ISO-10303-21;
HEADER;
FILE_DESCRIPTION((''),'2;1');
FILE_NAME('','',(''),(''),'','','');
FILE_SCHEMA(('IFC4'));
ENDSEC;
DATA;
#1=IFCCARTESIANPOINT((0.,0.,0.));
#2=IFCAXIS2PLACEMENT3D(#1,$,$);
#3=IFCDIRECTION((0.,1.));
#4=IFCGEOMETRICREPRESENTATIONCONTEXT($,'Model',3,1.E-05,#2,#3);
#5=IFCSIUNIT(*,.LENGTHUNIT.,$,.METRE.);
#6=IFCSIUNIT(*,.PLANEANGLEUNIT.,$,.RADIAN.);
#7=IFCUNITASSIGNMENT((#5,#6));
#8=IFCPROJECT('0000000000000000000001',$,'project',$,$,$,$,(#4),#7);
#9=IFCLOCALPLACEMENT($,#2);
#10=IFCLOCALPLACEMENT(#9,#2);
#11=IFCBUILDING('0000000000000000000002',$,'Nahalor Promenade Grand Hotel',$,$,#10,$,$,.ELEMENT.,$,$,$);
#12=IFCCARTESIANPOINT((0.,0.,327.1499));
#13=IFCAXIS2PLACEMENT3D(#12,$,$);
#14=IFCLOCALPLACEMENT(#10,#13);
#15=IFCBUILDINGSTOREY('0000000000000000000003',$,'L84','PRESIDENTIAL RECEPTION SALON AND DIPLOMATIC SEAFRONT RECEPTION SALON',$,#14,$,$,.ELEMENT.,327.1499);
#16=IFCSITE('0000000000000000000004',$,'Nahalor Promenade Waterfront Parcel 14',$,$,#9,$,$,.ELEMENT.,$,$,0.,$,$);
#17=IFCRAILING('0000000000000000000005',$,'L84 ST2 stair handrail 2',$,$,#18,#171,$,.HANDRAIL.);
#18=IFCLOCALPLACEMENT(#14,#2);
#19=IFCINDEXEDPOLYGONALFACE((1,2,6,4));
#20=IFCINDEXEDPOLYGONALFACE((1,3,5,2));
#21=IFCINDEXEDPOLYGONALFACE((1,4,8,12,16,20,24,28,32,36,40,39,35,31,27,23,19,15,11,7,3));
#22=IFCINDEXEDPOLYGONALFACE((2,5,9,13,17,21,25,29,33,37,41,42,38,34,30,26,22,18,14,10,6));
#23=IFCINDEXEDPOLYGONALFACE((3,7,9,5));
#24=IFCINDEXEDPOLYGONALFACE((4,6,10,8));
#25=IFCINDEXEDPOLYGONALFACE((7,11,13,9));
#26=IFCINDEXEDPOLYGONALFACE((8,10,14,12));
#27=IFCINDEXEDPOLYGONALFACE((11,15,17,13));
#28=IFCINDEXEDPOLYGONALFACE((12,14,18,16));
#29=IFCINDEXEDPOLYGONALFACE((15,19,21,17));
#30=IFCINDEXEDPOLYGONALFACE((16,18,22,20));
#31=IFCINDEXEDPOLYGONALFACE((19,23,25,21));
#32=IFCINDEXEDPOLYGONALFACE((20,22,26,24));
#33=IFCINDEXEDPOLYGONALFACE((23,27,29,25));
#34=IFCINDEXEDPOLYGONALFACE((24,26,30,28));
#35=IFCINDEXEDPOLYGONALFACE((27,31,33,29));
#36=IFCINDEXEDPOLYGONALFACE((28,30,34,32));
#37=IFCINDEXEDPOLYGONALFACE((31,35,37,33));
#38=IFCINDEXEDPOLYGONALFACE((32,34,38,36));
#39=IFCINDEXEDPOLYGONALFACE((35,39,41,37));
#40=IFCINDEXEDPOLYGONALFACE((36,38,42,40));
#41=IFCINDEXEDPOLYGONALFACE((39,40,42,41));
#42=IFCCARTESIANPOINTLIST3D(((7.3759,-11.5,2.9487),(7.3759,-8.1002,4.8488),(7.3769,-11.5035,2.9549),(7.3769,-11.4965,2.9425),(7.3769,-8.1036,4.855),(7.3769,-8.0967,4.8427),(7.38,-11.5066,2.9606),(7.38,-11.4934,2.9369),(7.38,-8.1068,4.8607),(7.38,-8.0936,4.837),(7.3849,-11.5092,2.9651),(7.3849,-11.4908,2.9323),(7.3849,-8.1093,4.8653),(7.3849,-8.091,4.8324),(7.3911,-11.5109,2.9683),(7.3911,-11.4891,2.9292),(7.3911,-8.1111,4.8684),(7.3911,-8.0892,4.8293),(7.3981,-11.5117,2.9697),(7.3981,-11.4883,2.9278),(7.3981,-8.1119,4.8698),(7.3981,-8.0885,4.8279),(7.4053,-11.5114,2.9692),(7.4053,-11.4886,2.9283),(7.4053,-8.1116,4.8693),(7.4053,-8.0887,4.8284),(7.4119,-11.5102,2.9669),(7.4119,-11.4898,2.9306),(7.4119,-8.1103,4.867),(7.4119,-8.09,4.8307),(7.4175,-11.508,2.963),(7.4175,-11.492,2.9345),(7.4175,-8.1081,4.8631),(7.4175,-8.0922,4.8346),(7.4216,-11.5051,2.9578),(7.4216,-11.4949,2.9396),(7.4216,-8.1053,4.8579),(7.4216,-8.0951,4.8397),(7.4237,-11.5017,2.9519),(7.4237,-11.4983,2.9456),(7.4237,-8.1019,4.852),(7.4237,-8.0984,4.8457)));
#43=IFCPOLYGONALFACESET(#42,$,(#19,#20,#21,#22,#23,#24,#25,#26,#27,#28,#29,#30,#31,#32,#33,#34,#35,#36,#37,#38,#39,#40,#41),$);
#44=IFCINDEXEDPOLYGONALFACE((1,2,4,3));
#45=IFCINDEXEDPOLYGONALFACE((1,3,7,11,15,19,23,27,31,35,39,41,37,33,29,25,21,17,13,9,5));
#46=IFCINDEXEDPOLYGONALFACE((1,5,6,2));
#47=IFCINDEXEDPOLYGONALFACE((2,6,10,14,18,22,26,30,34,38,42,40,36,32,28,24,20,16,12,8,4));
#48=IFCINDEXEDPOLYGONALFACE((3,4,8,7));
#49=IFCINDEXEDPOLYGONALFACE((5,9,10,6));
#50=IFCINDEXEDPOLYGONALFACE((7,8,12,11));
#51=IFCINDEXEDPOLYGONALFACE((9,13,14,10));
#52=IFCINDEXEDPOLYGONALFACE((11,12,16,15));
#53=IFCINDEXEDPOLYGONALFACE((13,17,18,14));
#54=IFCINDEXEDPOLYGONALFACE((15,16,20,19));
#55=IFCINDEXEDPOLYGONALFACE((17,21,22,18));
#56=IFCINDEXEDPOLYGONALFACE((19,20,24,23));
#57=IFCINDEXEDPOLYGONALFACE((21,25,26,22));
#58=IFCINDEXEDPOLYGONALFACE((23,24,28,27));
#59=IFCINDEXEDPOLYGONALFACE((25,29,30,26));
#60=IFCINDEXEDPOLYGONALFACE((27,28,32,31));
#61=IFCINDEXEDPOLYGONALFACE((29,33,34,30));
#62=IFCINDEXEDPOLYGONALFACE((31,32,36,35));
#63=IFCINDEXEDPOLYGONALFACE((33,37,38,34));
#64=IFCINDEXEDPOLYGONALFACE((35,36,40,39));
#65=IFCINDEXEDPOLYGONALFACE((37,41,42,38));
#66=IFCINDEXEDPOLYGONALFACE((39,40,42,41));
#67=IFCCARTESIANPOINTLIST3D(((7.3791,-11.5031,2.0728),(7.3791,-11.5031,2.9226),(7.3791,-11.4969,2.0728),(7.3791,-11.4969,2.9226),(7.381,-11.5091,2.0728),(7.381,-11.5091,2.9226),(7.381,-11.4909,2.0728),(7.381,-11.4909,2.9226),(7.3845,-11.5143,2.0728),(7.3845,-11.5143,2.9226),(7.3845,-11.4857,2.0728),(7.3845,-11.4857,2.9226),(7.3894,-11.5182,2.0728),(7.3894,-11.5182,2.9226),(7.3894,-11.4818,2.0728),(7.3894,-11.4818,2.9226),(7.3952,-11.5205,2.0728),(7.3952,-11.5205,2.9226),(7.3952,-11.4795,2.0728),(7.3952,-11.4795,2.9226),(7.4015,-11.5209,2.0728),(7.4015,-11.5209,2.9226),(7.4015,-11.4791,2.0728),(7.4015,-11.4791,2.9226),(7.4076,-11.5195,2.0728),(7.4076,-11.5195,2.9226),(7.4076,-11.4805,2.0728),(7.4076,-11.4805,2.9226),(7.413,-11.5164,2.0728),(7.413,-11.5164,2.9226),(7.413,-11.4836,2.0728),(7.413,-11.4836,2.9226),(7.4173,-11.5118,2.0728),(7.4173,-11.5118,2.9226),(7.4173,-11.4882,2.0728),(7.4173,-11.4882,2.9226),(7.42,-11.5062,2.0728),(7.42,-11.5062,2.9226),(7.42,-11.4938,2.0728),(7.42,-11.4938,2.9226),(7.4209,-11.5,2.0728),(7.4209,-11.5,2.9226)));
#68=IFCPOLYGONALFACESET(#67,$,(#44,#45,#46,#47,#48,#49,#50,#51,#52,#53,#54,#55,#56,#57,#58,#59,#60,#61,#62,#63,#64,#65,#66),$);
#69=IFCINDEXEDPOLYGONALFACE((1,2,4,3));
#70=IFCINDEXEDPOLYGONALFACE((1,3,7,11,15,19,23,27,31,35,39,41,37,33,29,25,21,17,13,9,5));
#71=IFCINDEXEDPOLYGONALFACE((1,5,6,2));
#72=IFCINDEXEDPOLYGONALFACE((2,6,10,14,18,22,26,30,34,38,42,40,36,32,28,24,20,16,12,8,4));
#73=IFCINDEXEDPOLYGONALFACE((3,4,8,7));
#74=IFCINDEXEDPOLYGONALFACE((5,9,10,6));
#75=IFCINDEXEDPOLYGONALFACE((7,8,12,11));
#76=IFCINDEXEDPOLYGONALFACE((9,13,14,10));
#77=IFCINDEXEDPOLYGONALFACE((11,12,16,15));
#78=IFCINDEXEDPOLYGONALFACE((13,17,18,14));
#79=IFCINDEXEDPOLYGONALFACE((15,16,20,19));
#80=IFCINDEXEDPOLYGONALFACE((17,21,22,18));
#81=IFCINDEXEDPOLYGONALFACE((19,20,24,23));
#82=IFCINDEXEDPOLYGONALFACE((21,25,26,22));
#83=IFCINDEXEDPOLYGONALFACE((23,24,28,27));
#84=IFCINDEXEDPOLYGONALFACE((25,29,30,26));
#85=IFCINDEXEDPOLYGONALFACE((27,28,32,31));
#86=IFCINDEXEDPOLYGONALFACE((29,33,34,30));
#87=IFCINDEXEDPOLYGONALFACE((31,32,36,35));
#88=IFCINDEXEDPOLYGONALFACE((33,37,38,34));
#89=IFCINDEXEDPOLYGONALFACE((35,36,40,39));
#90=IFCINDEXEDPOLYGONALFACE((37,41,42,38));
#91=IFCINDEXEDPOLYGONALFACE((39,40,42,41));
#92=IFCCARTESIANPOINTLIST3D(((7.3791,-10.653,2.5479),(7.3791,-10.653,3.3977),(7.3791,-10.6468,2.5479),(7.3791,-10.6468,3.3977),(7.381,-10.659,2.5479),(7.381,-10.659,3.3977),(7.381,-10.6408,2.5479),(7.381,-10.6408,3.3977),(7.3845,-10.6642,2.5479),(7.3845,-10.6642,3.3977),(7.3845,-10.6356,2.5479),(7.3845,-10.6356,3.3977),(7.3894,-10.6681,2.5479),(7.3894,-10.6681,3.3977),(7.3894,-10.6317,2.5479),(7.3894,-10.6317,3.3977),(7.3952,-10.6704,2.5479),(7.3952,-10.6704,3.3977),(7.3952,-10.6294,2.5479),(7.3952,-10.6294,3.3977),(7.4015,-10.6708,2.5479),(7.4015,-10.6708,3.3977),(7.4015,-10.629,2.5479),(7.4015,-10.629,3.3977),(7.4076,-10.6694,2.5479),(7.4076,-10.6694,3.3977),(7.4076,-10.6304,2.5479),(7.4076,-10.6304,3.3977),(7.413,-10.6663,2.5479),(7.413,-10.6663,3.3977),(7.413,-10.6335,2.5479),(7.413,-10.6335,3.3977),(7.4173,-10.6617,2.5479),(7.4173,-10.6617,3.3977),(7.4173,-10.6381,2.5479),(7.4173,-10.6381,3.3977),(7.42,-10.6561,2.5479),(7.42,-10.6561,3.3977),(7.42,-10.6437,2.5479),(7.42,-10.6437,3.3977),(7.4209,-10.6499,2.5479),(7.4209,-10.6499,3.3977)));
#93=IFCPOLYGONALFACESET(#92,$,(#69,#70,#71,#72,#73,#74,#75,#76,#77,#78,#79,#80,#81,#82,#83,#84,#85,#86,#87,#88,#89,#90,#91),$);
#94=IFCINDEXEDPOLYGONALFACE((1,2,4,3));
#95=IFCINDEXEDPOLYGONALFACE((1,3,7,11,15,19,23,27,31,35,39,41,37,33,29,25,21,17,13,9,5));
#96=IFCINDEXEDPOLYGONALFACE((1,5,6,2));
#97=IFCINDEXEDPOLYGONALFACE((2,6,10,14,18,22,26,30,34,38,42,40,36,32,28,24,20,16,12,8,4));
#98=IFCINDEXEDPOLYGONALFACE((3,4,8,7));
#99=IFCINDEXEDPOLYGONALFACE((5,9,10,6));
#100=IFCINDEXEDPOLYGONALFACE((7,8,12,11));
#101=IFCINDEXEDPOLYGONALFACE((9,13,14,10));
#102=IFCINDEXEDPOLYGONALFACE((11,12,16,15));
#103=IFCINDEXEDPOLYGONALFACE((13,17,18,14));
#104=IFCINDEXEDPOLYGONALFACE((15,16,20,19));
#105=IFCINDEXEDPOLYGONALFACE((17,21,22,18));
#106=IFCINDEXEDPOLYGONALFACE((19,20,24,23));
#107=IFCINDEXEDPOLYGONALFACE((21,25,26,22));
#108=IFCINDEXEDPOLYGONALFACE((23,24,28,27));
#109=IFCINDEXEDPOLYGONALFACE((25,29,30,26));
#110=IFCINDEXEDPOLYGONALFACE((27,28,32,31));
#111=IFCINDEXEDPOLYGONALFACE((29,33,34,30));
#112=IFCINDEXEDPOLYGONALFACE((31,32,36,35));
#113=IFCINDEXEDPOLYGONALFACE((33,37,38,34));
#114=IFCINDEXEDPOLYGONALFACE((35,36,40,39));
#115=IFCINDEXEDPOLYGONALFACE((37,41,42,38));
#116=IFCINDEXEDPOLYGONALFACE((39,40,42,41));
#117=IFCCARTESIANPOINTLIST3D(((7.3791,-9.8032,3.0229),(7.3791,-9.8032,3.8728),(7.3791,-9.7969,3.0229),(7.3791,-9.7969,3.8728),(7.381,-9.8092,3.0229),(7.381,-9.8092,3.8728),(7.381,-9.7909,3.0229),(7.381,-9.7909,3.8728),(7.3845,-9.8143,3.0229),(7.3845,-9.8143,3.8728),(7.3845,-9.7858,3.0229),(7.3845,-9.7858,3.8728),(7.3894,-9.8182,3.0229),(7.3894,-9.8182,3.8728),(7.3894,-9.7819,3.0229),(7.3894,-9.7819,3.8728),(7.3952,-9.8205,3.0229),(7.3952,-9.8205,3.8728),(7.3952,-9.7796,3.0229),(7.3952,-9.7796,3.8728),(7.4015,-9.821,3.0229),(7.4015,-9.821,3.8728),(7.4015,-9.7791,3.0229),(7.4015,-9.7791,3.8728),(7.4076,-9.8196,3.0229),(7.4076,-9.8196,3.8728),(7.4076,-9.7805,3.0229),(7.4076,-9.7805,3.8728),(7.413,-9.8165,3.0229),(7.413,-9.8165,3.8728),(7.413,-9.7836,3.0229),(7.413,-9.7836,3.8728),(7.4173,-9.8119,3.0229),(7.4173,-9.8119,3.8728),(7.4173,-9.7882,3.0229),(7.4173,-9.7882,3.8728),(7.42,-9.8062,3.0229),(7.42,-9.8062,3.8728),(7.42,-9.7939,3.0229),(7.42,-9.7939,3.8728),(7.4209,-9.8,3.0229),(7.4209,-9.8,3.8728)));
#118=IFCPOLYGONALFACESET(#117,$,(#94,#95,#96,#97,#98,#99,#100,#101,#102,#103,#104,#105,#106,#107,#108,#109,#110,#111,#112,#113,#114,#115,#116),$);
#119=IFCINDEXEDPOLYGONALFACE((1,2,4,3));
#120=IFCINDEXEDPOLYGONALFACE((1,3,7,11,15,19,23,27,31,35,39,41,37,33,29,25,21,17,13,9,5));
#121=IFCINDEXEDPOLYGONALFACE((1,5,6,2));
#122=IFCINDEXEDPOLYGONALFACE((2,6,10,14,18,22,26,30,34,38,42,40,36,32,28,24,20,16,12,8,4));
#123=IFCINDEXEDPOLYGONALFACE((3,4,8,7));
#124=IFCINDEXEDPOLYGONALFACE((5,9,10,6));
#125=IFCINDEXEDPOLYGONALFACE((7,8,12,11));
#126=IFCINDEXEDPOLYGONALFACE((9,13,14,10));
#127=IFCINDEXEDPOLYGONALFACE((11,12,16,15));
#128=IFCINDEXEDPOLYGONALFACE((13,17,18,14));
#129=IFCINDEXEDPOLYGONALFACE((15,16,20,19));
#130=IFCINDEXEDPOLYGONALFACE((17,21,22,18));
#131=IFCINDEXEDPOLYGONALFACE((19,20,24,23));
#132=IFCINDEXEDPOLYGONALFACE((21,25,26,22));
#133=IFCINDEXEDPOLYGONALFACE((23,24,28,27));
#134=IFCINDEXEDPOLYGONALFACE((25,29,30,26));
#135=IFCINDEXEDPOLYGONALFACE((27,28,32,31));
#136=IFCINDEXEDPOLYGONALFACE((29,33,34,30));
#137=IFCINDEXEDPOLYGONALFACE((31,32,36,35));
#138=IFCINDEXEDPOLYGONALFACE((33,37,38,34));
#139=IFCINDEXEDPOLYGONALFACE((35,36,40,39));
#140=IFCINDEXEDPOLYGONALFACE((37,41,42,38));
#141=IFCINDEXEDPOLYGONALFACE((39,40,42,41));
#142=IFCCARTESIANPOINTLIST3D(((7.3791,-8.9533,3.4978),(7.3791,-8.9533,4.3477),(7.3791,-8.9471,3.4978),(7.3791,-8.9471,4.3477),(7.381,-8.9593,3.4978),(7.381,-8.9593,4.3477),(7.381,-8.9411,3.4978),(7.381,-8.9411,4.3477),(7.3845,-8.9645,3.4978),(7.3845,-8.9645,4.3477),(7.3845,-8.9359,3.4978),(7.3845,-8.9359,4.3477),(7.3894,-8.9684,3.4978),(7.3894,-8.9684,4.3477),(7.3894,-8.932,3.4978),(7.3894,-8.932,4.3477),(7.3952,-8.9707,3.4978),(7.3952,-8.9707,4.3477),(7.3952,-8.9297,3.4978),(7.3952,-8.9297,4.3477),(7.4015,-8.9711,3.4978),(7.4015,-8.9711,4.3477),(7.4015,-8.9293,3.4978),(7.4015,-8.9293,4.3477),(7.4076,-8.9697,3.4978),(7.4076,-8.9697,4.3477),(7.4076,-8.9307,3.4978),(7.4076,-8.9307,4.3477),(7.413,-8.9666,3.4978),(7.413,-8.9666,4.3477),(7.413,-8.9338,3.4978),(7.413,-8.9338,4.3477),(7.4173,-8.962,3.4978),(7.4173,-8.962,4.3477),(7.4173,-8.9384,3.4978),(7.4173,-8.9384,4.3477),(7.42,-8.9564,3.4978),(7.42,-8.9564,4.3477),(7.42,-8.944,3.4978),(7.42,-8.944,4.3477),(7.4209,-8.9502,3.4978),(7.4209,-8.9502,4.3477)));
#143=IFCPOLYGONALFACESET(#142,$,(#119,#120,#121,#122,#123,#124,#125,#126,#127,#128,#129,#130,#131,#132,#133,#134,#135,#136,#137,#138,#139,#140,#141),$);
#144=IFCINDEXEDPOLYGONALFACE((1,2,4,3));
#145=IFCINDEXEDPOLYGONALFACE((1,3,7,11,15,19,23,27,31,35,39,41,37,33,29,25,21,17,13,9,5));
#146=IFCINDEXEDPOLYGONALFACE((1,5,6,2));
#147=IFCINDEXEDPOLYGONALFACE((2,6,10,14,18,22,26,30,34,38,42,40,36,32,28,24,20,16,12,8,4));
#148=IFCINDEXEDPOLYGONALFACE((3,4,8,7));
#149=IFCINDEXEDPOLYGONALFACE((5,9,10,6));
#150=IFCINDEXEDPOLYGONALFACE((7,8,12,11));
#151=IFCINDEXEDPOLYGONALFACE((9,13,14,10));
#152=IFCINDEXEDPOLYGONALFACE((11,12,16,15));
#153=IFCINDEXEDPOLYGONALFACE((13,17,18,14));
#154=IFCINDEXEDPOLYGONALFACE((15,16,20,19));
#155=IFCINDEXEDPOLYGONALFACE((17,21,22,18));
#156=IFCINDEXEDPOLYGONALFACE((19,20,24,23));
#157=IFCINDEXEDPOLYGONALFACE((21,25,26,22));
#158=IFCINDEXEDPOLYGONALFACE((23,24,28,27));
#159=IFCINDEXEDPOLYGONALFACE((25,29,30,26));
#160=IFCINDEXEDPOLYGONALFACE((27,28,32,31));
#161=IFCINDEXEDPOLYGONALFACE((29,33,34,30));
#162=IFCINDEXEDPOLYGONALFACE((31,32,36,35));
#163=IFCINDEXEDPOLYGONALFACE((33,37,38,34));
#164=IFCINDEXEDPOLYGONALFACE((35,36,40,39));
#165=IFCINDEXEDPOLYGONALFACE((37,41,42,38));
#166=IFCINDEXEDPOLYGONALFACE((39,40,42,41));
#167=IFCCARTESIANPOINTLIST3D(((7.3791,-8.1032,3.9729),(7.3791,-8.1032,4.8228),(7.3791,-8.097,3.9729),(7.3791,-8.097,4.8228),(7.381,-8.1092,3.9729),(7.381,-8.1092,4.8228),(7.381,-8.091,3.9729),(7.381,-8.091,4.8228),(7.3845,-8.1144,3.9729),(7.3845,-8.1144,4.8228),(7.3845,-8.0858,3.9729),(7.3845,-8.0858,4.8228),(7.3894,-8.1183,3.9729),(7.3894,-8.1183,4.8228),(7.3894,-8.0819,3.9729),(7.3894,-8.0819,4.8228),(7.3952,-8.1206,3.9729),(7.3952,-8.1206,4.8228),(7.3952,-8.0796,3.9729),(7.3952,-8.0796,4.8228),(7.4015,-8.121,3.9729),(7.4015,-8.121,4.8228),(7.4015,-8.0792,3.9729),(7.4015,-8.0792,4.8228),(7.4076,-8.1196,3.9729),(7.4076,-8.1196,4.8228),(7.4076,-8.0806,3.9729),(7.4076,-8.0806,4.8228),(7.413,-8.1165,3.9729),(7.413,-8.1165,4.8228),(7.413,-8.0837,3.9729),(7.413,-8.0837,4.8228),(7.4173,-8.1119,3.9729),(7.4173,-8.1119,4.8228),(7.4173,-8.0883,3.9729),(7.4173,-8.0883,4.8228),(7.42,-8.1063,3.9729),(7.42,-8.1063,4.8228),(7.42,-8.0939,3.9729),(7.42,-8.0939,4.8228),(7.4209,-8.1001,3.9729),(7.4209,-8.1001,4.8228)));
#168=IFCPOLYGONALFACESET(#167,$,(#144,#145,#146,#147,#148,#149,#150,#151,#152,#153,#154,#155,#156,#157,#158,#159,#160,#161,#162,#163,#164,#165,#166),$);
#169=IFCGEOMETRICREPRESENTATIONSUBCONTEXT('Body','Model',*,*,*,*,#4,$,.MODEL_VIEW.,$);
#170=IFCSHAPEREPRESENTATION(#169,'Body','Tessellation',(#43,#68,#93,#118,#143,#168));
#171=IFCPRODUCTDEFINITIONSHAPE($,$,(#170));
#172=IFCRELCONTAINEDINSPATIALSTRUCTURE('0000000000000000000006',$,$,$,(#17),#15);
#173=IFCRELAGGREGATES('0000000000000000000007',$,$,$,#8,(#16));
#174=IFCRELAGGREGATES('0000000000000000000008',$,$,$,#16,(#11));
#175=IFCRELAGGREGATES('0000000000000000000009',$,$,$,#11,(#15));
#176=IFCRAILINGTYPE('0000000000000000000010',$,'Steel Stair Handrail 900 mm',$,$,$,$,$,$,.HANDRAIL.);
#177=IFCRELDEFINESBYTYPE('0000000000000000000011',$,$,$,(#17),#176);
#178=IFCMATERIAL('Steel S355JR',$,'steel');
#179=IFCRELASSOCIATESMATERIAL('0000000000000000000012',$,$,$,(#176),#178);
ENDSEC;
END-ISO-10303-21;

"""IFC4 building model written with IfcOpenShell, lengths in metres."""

from ifc_helpers import new_model, si_unit, direction, frame, origin, origin_2d, place, context, subcontext, project, spatial, circle, extrude, material, type_object, element, save


model = new_model("IFC4")

# Units and contexts
model_context = context("Model", 3, precision=1e-05, world=origin(), true_north=direction((0.0, 1.0)))
body_context = subcontext(model_context, "Body", "Model", "MODEL_VIEW")
ifc_project = project(units=[si_unit("LENGTHUNIT", "METRE"), si_unit("PLANEANGLEUNIT", "RADIAN")], contexts=[model_context])

# Site, building, storey
site_placement = place(None, origin())
site = spatial("IfcSite", under=ifc_project, at=site_placement, Name="Nahalor Promenade Waterfront Parcel 14", CompositionType="ELEMENT", RefElevation=0.0)
building_placement = place(site_placement, origin())
building = spatial("IfcBuilding", under=site, at=building_placement, Name="Nahalor Promenade Grand Hotel", CompositionType="ELEMENT")
storey_placement = place(building_placement, frame((0.0, 0.0, 327.1499)))
storey = spatial("IfcBuildingStorey", under=building, at=storey_placement, Name="L84", Description="PRESIDENTIAL RECEPTION SALON AND DIPLOMATIC SEAFRONT RECEPTION SALON", CompositionType="ELEMENT", Elevation=327.1499)

# Shared definitions
ifc_material_1 = material(Name="Steel S355JR", Category="steel")

# Railing
railing_type_1 = type_object("IfcRailingType", Name="Steel Stair Handrail 900 mm", PredefinedType="HANDRAIL", material=ifc_material_1)
railing_1_placement = place(storey_placement, frame((7.3999, -11.5, 2.0728)))
element("IfcRailing", 1, at=railing_1_placement, inside=storey, type_object=railing_type_1, Name="L84 ST2 stair handrail 2", PredefinedType="HANDRAIL", context=body_context, shape_type="SweptSolid", body=[
    extrude(circle(Radius=0.024, at=origin_2d()), frame((0.0, 0.0, 0.876), z_axis=(0.0, 0.872921, 0.487861), x_axis=(-1.0, 0.0, 0.0)), (0.0, 0.0, 1.0), 3.8948),
    extrude(circle(Radius=0.021, at=origin_2d()), origin(), (0.0, 0.0, 1.0), 0.8499),
    extrude(circle(Radius=0.021, at=origin_2d()), frame((0.0, 0.8501, 0.4751)), (0.0, 0.0, 1.0), 0.8499),
    extrude(circle(Radius=0.021, at=origin_2d()), frame((0.0, 1.7, 0.9502)), (0.0, 0.0, 1.0), 0.8499),
    extrude(circle(Radius=0.021, at=origin_2d()), frame((0.0, 2.5498, 1.425)), (0.0, 0.0, 1.0), 0.8499),
    extrude(circle(Radius=0.021, at=origin_2d()), frame((0.0, 3.3999, 1.9001)), (0.0, 0.0, 1.0), 0.8499),
])

save(model, "model.ifc")
